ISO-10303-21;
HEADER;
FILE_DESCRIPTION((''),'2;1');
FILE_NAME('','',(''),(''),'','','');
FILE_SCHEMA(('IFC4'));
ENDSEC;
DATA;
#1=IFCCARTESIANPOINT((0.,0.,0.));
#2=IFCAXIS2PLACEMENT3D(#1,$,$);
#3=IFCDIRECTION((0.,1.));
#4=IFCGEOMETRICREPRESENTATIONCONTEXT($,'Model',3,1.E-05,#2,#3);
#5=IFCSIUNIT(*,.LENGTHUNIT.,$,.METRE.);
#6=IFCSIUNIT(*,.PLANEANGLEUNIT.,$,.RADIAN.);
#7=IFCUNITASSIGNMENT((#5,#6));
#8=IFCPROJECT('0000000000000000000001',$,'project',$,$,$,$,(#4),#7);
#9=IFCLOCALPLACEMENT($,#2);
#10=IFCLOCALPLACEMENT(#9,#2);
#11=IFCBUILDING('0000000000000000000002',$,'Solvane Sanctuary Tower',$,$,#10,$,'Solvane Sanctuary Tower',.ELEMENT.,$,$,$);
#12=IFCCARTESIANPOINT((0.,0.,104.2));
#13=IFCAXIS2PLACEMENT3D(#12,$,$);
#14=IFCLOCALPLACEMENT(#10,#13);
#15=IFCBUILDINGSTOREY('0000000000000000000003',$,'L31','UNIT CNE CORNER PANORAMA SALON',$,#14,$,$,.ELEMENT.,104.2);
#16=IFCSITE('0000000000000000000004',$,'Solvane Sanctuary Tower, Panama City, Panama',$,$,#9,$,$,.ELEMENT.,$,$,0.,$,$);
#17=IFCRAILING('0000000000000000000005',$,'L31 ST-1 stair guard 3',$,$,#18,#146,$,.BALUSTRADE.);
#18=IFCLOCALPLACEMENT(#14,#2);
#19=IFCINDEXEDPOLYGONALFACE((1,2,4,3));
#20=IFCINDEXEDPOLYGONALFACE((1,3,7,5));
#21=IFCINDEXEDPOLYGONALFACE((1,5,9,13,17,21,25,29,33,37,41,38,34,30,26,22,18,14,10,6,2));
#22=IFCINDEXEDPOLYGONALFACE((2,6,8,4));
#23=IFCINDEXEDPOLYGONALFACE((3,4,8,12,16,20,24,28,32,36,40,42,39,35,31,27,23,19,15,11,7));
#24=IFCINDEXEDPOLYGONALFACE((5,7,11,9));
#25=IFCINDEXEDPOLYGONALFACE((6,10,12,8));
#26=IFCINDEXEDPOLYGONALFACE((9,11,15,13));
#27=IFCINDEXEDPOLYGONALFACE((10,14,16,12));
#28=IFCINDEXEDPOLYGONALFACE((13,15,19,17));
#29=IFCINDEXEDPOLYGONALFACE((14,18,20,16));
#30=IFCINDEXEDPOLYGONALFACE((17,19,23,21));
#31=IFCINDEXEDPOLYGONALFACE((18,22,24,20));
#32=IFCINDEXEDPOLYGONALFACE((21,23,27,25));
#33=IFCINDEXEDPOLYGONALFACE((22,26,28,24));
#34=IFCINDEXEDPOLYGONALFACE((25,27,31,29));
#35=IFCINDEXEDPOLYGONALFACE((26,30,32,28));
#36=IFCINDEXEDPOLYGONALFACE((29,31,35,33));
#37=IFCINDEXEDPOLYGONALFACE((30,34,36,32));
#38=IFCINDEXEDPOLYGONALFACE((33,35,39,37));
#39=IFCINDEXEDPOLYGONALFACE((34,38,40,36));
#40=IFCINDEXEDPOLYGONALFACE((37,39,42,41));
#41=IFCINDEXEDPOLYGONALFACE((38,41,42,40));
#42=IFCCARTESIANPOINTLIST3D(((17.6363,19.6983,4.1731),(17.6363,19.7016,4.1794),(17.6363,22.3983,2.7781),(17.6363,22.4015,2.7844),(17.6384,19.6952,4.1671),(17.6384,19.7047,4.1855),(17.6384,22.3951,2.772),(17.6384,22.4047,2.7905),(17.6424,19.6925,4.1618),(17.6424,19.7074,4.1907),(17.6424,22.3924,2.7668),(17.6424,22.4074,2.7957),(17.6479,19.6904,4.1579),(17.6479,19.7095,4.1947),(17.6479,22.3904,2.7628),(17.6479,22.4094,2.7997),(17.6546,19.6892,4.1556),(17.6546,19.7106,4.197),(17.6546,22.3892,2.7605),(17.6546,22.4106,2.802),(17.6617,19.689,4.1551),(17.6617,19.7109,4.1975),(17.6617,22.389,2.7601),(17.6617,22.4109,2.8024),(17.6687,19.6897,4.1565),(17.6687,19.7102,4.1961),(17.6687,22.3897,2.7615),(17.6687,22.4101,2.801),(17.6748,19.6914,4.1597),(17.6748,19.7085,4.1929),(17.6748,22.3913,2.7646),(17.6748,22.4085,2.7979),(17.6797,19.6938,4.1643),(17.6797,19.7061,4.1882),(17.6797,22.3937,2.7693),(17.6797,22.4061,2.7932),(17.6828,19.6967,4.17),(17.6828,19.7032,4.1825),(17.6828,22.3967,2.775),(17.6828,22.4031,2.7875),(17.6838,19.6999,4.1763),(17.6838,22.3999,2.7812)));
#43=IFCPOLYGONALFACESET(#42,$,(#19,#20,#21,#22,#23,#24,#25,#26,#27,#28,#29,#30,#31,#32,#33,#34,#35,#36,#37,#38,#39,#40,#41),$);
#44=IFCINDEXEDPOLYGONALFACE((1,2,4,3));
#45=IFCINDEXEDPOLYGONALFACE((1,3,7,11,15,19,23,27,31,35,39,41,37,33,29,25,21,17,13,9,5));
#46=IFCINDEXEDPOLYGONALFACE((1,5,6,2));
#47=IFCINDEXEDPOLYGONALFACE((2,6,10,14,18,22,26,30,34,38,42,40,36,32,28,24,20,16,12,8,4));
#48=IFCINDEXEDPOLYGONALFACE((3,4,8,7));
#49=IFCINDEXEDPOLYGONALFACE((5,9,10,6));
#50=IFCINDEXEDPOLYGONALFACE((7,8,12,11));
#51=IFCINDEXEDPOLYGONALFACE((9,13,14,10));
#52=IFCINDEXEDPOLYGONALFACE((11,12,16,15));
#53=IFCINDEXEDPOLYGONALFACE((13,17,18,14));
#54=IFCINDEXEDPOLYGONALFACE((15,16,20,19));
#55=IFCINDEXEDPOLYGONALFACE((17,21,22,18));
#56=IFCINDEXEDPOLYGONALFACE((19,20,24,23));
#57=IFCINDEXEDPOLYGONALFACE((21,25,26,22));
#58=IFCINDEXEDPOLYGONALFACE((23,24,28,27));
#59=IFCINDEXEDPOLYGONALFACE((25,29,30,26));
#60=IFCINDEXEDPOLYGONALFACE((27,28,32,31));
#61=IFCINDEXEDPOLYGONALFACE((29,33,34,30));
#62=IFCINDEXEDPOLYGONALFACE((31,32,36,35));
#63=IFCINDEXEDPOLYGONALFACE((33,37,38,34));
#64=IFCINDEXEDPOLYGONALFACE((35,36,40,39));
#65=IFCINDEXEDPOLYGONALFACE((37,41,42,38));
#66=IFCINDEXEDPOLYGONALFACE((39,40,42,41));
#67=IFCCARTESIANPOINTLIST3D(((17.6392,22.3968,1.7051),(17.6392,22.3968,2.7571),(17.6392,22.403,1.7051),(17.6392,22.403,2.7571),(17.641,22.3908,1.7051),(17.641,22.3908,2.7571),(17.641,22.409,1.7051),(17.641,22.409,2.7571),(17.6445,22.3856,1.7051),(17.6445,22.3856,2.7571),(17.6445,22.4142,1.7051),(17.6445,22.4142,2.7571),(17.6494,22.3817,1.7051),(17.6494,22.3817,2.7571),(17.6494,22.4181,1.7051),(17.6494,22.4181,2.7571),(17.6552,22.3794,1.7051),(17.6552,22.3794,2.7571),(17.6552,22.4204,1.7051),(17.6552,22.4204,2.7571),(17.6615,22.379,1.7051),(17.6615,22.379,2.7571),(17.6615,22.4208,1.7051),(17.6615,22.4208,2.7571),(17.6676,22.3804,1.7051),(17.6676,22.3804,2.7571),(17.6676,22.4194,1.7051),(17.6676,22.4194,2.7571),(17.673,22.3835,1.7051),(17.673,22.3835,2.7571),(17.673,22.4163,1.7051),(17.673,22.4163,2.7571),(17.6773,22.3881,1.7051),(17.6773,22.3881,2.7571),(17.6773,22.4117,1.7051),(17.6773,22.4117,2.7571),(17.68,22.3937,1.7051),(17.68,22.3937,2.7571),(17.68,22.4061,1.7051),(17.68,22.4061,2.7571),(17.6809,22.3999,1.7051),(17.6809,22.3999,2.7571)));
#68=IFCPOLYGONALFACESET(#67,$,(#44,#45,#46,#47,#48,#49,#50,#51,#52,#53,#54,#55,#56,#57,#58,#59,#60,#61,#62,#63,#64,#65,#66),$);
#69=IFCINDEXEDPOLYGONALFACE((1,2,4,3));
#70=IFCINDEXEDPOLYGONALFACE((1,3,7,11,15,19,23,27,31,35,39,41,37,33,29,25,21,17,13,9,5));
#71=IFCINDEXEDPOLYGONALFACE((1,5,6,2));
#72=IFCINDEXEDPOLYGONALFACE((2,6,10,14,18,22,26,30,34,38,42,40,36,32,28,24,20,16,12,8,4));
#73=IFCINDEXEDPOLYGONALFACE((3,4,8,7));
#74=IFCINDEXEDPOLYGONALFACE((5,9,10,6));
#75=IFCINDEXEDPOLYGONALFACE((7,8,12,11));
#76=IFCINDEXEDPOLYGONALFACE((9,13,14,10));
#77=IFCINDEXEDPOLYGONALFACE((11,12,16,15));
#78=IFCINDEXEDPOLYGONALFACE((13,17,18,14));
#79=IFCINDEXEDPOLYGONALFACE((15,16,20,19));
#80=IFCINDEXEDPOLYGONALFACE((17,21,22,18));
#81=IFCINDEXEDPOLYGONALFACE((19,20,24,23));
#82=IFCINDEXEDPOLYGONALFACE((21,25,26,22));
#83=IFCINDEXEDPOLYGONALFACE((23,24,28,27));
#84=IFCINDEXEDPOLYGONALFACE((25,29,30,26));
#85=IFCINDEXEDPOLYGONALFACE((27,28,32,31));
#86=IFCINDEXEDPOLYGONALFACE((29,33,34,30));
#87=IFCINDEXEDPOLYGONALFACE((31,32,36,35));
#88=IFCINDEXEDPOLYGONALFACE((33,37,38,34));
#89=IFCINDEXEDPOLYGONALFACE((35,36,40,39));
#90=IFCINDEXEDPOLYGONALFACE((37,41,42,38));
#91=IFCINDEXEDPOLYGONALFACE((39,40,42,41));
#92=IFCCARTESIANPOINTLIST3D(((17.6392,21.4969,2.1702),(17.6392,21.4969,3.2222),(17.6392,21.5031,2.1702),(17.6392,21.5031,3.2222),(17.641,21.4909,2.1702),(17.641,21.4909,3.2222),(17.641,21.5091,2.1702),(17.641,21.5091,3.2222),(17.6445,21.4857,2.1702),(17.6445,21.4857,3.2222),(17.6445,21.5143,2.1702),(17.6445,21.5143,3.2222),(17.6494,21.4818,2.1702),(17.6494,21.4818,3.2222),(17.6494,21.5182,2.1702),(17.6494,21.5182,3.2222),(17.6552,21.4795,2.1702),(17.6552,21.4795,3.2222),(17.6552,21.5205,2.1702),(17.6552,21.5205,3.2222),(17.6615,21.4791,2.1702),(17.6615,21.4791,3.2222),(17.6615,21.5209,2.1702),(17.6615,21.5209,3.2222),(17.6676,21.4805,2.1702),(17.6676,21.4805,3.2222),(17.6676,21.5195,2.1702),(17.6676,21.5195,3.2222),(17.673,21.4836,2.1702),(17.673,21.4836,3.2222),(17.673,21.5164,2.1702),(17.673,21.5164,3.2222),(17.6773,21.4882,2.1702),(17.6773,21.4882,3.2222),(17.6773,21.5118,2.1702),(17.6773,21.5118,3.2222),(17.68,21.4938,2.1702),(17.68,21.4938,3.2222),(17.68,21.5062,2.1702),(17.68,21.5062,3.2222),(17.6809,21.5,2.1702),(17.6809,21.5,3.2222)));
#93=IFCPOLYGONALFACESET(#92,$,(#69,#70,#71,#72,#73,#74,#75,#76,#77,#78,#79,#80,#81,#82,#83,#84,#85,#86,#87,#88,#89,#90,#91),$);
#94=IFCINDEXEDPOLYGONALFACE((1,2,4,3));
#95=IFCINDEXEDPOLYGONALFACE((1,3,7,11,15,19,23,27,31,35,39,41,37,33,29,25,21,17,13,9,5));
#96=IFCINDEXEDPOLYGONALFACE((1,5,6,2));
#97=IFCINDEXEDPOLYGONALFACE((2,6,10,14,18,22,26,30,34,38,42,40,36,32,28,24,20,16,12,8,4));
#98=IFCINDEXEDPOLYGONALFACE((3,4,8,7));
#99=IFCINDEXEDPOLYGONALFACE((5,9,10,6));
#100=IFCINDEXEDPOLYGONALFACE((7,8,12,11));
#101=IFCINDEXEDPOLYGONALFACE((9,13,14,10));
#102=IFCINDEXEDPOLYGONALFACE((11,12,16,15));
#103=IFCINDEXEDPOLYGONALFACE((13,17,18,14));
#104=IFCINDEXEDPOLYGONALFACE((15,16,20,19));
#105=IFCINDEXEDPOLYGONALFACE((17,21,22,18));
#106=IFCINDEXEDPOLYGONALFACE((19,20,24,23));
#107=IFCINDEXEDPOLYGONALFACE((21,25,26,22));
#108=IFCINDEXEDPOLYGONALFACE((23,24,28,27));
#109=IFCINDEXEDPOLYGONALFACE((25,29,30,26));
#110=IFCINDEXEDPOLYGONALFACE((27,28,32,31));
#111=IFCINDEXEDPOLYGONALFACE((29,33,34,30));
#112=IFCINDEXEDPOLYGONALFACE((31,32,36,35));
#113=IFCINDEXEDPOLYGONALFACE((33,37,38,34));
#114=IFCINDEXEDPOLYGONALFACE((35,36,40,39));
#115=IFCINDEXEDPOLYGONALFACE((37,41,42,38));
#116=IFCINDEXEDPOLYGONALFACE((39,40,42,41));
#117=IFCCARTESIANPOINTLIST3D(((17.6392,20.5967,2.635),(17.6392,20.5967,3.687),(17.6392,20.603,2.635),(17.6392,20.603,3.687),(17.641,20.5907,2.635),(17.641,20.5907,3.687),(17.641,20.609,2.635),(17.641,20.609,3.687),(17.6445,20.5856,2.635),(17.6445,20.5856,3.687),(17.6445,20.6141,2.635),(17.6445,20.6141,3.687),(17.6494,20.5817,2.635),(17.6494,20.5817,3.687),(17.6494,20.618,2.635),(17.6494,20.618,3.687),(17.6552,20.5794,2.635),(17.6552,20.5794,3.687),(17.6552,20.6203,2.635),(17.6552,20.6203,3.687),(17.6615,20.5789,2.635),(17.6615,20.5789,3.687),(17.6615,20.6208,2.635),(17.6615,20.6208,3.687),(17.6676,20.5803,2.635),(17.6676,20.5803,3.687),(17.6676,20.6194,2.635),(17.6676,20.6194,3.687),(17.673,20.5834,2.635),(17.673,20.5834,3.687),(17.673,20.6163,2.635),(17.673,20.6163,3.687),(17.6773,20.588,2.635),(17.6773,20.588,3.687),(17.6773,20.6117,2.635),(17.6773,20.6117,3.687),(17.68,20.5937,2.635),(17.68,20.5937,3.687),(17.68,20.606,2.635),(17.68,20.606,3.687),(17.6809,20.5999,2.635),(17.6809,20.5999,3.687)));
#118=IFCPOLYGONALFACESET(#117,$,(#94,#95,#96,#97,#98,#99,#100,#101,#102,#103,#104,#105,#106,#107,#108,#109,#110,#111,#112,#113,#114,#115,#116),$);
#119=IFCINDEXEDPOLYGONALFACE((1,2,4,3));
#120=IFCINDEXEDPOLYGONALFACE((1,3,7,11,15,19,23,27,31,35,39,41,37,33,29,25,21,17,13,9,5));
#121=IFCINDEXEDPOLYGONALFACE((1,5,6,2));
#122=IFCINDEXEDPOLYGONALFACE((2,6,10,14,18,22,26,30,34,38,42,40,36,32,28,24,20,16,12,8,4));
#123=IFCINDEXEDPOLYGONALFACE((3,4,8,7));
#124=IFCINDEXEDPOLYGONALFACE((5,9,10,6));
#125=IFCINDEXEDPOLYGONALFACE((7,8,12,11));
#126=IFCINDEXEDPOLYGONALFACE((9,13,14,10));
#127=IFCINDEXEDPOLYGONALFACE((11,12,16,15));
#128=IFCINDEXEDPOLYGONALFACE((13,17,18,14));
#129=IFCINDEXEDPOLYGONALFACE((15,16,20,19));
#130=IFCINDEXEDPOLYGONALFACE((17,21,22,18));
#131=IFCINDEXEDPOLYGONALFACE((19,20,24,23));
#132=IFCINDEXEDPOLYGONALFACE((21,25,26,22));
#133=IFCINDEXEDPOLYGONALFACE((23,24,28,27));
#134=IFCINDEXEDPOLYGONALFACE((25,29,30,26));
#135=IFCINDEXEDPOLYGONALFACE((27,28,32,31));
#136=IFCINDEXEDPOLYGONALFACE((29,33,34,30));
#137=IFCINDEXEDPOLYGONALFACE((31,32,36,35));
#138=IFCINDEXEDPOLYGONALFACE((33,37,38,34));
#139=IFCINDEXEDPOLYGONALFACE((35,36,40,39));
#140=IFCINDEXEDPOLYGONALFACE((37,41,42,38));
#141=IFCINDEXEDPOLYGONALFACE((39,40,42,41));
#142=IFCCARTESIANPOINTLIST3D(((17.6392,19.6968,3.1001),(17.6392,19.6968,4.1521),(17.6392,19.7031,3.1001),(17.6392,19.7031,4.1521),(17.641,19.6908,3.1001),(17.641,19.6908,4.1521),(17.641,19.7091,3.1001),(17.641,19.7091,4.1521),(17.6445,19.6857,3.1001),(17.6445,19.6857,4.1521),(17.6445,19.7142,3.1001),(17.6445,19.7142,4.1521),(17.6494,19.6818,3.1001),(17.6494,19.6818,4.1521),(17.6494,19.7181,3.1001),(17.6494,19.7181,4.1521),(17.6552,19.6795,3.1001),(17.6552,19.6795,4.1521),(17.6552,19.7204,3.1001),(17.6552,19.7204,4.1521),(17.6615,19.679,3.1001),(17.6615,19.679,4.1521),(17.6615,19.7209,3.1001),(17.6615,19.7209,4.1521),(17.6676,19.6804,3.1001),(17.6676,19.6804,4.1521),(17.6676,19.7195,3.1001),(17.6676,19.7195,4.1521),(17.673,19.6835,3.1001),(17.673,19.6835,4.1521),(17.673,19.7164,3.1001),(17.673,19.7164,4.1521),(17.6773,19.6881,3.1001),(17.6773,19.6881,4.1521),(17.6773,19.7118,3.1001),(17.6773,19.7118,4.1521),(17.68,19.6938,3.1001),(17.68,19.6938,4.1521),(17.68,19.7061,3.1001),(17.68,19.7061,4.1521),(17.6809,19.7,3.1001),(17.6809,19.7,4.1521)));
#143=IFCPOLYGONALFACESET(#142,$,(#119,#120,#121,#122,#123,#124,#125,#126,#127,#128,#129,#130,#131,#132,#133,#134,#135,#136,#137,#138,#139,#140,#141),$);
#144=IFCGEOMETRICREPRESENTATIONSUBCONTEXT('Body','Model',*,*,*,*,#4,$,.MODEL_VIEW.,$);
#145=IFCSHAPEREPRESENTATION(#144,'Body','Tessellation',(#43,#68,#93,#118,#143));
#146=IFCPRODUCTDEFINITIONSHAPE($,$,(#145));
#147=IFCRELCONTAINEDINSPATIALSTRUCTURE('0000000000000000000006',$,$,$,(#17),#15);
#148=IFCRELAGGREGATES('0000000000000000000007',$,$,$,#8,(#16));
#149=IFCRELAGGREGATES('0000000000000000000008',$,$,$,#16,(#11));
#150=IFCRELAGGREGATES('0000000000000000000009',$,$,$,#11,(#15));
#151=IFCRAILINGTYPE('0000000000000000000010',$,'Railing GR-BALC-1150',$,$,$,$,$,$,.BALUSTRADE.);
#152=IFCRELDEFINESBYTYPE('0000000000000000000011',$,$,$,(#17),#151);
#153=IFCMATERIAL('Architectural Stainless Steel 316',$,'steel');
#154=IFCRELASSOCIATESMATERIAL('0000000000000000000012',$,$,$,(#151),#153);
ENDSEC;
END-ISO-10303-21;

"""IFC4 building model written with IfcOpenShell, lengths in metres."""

from ifc_helpers import new_model, si_unit, direction, frame, origin, origin_2d, place, context, subcontext, project, spatial, circle, extrude, material, type_object, element, save


model = new_model("IFC4")

# Units and contexts
model_context = context("Model", 3, precision=1e-05, world=origin(), true_north=direction((0.0, 1.0)))
body_context = subcontext(model_context, "Body", "Model", "MODEL_VIEW")
ifc_project = project(units=[si_unit("LENGTHUNIT", "METRE"), si_unit("PLANEANGLEUNIT", "RADIAN")], contexts=[model_context])

# Site, building, storey
site_placement = place(None, origin())
site = spatial("IfcSite", under=ifc_project, at=site_placement, Name="Solvane Sanctuary Tower, Panama City, Panama", CompositionType="ELEMENT", RefElevation=0.0)
building_placement = place(site_placement, origin())
building = spatial("IfcBuilding", under=site, at=building_placement, Name="Solvane Sanctuary Tower", LongName="Solvane Sanctuary Tower", CompositionType="ELEMENT")
storey_placement = place(building_placement, frame((0.0, 0.0, 104.2)))
storey = spatial("IfcBuildingStorey", under=building, at=storey_placement, Name="L31", Description="UNIT CNE CORNER PANORAMA SALON", CompositionType="ELEMENT", Elevation=104.2)

# Railing
ifc_material_1 = material(Name="Architectural Stainless Steel 316", Category="steel")
railing_type_1 = type_object("IfcRailingType", Name="Railing GR-BALC-1150", PredefinedType="BALUSTRADE", material=ifc_material_1)
railing_1_placement = place(storey_placement, frame((17.6599, 22.3999, 1.7051)))
element("IfcRailing", 1, at=railing_1_placement, inside=storey, type_object=railing_type_1, Name="L31 ST-1 stair guard 3", PredefinedType="BALUSTRADE", context=body_context, shape_type="SweptSolid", body=[
    extrude(circle(Radius=0.0239, at=origin_2d()), frame((0.0, 0.0, 1.0762), z_axis=(0.0, -0.88842, 0.459032), x_axis=(1.0, 0.0, 0.0)), (0.0, 0.0, 1.0), 3.0391),
    extrude(circle(Radius=0.021, at=origin_2d()), origin(), (0.0, 0.0, 1.0), 1.052),
    extrude(circle(Radius=0.021, at=origin_2d()), frame((0.0, -0.8999, 0.4651)), (0.0, 0.0, 1.0), 1.052),
    extrude(circle(Radius=0.021, at=origin_2d()), frame((0.0, -1.8, 0.9299)), (0.0, 0.0, 1.0), 1.052),
    extrude(circle(Radius=0.021, at=origin_2d()), frame((0.0, -2.7, 1.395)), (0.0, 0.0, 1.0), 1.052),
])

save(model, "model.ifc")
